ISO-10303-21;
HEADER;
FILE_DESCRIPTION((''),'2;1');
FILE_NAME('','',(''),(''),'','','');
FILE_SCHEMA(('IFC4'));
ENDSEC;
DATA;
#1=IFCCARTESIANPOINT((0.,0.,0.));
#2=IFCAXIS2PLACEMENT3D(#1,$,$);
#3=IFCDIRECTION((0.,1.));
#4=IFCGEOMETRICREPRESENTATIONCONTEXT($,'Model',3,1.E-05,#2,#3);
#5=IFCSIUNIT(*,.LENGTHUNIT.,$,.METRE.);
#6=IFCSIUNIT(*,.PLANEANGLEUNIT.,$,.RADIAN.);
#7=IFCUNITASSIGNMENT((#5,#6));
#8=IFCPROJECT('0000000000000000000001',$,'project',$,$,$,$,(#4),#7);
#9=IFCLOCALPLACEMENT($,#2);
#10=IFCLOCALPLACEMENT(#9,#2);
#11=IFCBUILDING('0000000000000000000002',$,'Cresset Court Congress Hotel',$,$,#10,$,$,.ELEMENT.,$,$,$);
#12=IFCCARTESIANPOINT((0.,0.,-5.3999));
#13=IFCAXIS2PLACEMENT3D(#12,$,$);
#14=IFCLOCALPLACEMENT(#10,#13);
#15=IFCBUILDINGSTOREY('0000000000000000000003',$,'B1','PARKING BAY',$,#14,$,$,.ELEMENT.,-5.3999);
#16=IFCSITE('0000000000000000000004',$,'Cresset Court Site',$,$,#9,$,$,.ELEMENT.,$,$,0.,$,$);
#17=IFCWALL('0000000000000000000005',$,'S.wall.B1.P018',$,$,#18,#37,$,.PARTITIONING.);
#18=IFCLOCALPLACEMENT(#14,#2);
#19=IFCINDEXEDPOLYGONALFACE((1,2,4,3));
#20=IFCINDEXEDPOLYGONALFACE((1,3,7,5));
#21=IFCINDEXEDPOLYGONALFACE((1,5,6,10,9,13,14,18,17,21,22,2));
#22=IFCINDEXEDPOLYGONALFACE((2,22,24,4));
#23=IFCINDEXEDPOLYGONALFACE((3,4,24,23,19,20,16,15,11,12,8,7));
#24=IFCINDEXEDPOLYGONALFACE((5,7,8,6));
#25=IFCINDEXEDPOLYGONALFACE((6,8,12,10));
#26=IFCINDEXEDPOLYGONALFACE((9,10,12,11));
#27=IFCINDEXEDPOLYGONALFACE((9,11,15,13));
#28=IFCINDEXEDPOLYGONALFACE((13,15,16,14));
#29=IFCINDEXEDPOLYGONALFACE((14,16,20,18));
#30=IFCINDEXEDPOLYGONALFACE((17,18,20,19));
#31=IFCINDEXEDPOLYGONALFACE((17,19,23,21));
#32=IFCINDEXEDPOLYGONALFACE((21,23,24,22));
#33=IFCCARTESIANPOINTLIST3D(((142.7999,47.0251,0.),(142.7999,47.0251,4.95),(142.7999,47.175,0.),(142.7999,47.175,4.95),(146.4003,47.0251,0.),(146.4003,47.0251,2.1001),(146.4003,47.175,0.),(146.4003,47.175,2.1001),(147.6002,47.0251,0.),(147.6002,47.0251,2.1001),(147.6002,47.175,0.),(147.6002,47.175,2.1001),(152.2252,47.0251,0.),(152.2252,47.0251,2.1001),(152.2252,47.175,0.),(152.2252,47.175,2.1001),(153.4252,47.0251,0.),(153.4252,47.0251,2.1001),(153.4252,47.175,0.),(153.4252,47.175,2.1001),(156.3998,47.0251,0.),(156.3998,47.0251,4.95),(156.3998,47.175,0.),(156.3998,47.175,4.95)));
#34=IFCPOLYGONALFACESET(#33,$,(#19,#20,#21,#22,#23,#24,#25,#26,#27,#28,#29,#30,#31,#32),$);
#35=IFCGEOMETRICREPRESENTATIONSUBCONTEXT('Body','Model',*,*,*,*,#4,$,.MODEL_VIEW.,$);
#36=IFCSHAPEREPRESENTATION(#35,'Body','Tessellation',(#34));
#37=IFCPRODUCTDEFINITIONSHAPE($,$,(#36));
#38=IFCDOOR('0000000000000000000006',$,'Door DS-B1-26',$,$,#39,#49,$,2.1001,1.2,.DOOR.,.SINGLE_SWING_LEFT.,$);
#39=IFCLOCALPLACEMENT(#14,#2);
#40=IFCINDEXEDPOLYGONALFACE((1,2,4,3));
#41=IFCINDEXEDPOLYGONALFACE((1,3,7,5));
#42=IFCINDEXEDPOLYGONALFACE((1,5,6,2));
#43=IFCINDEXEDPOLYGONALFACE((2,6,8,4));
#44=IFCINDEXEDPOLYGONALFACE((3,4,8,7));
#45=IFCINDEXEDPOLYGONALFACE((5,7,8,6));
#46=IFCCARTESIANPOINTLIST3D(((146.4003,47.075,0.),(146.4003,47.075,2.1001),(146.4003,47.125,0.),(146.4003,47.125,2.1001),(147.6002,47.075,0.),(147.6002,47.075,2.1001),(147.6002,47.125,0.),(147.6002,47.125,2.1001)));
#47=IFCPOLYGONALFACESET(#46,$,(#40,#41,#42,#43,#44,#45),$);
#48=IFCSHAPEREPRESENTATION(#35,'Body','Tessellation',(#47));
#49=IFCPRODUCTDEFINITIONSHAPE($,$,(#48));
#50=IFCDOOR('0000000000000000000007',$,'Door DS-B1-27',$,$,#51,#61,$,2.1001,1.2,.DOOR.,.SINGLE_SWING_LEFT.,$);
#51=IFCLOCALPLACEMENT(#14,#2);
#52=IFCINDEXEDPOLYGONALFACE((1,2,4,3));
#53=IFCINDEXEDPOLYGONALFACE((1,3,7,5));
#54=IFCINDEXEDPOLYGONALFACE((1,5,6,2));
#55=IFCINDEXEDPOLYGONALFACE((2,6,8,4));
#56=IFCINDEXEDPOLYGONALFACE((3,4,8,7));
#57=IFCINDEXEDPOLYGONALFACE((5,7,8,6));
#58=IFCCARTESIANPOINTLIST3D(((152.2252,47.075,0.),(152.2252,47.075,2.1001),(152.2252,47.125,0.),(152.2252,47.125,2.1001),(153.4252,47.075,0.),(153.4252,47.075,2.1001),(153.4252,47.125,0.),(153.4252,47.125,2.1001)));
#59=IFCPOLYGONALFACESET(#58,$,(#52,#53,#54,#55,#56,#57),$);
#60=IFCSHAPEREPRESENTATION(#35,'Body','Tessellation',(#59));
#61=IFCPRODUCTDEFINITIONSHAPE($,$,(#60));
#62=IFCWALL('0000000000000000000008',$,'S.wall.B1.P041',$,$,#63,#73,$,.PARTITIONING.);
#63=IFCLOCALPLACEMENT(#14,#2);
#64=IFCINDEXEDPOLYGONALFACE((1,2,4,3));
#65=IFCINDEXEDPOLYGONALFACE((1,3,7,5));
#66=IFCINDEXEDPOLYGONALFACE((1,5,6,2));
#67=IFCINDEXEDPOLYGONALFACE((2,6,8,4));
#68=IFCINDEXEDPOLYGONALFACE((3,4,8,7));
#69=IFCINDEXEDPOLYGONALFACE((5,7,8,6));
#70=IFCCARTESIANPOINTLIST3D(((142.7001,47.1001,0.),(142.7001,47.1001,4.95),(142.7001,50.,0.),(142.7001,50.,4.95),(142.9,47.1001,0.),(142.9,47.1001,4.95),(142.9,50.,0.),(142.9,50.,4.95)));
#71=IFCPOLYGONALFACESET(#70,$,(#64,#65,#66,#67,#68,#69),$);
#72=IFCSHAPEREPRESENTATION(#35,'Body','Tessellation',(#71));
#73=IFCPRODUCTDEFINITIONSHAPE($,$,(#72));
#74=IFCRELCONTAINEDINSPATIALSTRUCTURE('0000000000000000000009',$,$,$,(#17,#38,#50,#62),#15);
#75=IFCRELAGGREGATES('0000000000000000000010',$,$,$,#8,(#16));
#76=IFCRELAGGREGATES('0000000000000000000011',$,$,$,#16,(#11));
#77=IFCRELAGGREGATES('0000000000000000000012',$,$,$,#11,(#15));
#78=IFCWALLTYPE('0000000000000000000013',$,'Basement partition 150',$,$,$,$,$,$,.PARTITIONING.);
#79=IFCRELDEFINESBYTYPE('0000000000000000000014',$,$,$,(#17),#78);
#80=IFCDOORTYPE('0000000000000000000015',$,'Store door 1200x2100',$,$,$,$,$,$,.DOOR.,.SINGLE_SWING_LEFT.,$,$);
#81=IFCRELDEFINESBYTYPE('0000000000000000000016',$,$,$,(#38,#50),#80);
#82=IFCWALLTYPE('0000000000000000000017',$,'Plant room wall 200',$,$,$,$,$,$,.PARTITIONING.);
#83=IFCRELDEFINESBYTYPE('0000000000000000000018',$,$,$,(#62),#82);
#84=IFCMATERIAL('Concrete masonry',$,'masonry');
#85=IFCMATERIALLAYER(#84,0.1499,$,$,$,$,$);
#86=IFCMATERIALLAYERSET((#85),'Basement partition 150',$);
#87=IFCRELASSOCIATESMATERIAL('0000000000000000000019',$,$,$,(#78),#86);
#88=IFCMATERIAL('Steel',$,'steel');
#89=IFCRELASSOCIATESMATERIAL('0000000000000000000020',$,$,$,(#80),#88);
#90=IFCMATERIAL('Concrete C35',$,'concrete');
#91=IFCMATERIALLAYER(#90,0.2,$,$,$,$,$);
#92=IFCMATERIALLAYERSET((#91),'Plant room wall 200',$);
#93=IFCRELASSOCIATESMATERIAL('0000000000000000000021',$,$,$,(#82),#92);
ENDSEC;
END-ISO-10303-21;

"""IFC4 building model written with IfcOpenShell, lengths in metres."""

from ifc_helpers import new_model, si_unit, direction, frame, frame_2d, origin, place, context, subcontext, project, spatial, rectangle, extrude, material, layer, layer_set, type_object, element, fill, save


model = new_model("IFC4")

# Units and contexts
model_context = context("Model", 3, precision=1e-05, world=origin(), true_north=direction((0.0, 1.0)))
body_context = subcontext(model_context, "Body", "Model", "MODEL_VIEW")
ifc_project = project(units=[si_unit("LENGTHUNIT", "METRE"), si_unit("PLANEANGLEUNIT", "RADIAN")], contexts=[model_context])

# Site, building, storey
site_placement = place(None, origin())
site = spatial("IfcSite", under=ifc_project, at=site_placement, Name="Cresset Court Site", CompositionType="ELEMENT", RefElevation=0.0)
building_placement = place(site_placement, origin())
building = spatial("IfcBuilding", under=site, at=building_placement, Name="Cresset Court Congress Hotel", CompositionType="ELEMENT")
storey_placement = place(building_placement, frame((0.0, 0.0, -5.3999)))
storey = spatial("IfcBuildingStorey", under=building, at=storey_placement, Name="B1", Description="PARKING BAY", CompositionType="ELEMENT", Elevation=-5.3999)

# Wall, openings, doors
ifc_material_1 = material(Name="Concrete masonry", Category="masonry")
ifc_layer_1 = layer(ifc_material_1, 0.1499)
ifc_layer_set_1 = layer_set([ifc_layer_1], Name="Basement partition 150")
wall_type_1 = type_object("IfcWallType", Name="Basement partition 150", PredefinedType="PARTITIONING", material=ifc_layer_set_1)
wall_1_placement = place(storey_placement, frame((142.8, 47.1001, 0.0), z_axis=(0.0, 0.0, 1.0), x_axis=(1.0, 0.0, 0.0)))
wall_1 = element("IfcWall", 1, at=wall_1_placement, inside=storey, type_object=wall_type_1, Name="S.wall.B1.P018", PredefinedType="PARTITIONING", context=body_context, shape_type="SweptSolid", body=[
    extrude(rectangle(XDim=13.5999, YDim=0.1499, at=frame_2d((6.7998, 0.0))), origin(), (0.0, 0.0, 1.0), 4.95),
])
opening_1_placement = place(wall_1_placement, frame((3.6001, 0.0, 0.0)))
opening_1 = element("IfcOpeningElement", 2, at=opening_1_placement, cuts=wall_1, PredefinedType="OPENING", context=body_context, shape_type="SweptSolid", body=[
    extrude(rectangle(XDim=1.2, YDim=2.1001, at=frame_2d((0.6001, 1.05))), frame((0.0, 0.085, 0.0), z_axis=(0.0, -1.0, 0.0), x_axis=(1.0, 0.0, 0.0)), (0.0, 0.0, 1.0), 0.1699),
])
opening_2_placement = place(wall_1_placement, frame((9.425, 0.0, 0.0)))
opening_2 = element("IfcOpeningElement", 3, at=opening_2_placement, cuts=wall_1, PredefinedType="OPENING", context=body_context, shape_type="SweptSolid", body=[
    extrude(rectangle(XDim=1.2, YDim=2.1001, at=frame_2d((0.6001, 1.05))), frame((0.0, 0.085, 0.0), z_axis=(0.0, -1.0, 0.0), x_axis=(1.0, 0.0, 0.0)), (0.0, 0.0, 1.0), 0.1699),
])
ifc_material_2 = material(Name="Steel", Category="steel")
door_type = type_object("IfcDoorType", Name="Store door 1200x2100", OperationType="SINGLE_SWING_LEFT", PredefinedType="DOOR", material=ifc_material_2)
door_1_placement = place(opening_1_placement, origin())
door_1 = element("IfcDoor", 4, at=door_1_placement, inside=storey, type_object=door_type, Name="Door DS-B1-26", OperationType="SINGLE_SWING_LEFT", OverallHeight=2.1001, OverallWidth=1.2, PredefinedType="DOOR", context=body_context, shape_type="SweptSolid", body=[
    extrude(rectangle(XDim=1.2, YDim=2.1001, at=frame_2d((0.6001, 1.05))), frame((0.0, 0.0249, 0.0), z_axis=(0.0, -1.0, 0.0), x_axis=(1.0, 0.0, 0.0)), (0.0, 0.0, 1.0), 0.05),
])
fill(opening_1, door_1)
door_2_placement = place(opening_2_placement, origin())
door_2 = element("IfcDoor", 5, at=door_2_placement, inside=storey, type_object=door_type, Name="Door DS-B1-27", OperationType="SINGLE_SWING_LEFT", OverallHeight=2.1001, OverallWidth=1.2, PredefinedType="DOOR", context=body_context, shape_type="SweptSolid", body=[
    extrude(rectangle(XDim=1.2, YDim=2.1001, at=frame_2d((0.6001, 1.05))), frame((0.0, 0.0249, 0.0), z_axis=(0.0, -1.0, 0.0), x_axis=(1.0, 0.0, 0.0)), (0.0, 0.0, 1.0), 0.05),
])
fill(opening_2, door_2)

# Wall
ifc_material_3 = material(Name="Concrete C35", Category="concrete")
ifc_layer_2 = layer(ifc_material_3, 0.2)
ifc_layer_set_2 = layer_set([ifc_layer_2], Name="Plant room wall 200")
wall_type_2 = type_object("IfcWallType", Name="Plant room wall 200", PredefinedType="PARTITIONING", material=ifc_layer_set_2)
wall_2_placement = place(storey_placement, frame((142.8, 47.1001, 0.0), z_axis=(0.0, 0.0, 1.0), x_axis=(0.0, 1.0, 0.0)))
element("IfcWall", 6, at=wall_2_placement, inside=storey, type_object=wall_type_2, Name="S.wall.B1.P041", PredefinedType="PARTITIONING", context=body_context, shape_type="SweptSolid", body=[
    extrude(rectangle(XDim=2.8999, YDim=0.2, at=frame_2d((1.45, 0.0))), origin(), (0.0, 0.0, 1.0), 4.95),
])

save(model, "model.ifc")
